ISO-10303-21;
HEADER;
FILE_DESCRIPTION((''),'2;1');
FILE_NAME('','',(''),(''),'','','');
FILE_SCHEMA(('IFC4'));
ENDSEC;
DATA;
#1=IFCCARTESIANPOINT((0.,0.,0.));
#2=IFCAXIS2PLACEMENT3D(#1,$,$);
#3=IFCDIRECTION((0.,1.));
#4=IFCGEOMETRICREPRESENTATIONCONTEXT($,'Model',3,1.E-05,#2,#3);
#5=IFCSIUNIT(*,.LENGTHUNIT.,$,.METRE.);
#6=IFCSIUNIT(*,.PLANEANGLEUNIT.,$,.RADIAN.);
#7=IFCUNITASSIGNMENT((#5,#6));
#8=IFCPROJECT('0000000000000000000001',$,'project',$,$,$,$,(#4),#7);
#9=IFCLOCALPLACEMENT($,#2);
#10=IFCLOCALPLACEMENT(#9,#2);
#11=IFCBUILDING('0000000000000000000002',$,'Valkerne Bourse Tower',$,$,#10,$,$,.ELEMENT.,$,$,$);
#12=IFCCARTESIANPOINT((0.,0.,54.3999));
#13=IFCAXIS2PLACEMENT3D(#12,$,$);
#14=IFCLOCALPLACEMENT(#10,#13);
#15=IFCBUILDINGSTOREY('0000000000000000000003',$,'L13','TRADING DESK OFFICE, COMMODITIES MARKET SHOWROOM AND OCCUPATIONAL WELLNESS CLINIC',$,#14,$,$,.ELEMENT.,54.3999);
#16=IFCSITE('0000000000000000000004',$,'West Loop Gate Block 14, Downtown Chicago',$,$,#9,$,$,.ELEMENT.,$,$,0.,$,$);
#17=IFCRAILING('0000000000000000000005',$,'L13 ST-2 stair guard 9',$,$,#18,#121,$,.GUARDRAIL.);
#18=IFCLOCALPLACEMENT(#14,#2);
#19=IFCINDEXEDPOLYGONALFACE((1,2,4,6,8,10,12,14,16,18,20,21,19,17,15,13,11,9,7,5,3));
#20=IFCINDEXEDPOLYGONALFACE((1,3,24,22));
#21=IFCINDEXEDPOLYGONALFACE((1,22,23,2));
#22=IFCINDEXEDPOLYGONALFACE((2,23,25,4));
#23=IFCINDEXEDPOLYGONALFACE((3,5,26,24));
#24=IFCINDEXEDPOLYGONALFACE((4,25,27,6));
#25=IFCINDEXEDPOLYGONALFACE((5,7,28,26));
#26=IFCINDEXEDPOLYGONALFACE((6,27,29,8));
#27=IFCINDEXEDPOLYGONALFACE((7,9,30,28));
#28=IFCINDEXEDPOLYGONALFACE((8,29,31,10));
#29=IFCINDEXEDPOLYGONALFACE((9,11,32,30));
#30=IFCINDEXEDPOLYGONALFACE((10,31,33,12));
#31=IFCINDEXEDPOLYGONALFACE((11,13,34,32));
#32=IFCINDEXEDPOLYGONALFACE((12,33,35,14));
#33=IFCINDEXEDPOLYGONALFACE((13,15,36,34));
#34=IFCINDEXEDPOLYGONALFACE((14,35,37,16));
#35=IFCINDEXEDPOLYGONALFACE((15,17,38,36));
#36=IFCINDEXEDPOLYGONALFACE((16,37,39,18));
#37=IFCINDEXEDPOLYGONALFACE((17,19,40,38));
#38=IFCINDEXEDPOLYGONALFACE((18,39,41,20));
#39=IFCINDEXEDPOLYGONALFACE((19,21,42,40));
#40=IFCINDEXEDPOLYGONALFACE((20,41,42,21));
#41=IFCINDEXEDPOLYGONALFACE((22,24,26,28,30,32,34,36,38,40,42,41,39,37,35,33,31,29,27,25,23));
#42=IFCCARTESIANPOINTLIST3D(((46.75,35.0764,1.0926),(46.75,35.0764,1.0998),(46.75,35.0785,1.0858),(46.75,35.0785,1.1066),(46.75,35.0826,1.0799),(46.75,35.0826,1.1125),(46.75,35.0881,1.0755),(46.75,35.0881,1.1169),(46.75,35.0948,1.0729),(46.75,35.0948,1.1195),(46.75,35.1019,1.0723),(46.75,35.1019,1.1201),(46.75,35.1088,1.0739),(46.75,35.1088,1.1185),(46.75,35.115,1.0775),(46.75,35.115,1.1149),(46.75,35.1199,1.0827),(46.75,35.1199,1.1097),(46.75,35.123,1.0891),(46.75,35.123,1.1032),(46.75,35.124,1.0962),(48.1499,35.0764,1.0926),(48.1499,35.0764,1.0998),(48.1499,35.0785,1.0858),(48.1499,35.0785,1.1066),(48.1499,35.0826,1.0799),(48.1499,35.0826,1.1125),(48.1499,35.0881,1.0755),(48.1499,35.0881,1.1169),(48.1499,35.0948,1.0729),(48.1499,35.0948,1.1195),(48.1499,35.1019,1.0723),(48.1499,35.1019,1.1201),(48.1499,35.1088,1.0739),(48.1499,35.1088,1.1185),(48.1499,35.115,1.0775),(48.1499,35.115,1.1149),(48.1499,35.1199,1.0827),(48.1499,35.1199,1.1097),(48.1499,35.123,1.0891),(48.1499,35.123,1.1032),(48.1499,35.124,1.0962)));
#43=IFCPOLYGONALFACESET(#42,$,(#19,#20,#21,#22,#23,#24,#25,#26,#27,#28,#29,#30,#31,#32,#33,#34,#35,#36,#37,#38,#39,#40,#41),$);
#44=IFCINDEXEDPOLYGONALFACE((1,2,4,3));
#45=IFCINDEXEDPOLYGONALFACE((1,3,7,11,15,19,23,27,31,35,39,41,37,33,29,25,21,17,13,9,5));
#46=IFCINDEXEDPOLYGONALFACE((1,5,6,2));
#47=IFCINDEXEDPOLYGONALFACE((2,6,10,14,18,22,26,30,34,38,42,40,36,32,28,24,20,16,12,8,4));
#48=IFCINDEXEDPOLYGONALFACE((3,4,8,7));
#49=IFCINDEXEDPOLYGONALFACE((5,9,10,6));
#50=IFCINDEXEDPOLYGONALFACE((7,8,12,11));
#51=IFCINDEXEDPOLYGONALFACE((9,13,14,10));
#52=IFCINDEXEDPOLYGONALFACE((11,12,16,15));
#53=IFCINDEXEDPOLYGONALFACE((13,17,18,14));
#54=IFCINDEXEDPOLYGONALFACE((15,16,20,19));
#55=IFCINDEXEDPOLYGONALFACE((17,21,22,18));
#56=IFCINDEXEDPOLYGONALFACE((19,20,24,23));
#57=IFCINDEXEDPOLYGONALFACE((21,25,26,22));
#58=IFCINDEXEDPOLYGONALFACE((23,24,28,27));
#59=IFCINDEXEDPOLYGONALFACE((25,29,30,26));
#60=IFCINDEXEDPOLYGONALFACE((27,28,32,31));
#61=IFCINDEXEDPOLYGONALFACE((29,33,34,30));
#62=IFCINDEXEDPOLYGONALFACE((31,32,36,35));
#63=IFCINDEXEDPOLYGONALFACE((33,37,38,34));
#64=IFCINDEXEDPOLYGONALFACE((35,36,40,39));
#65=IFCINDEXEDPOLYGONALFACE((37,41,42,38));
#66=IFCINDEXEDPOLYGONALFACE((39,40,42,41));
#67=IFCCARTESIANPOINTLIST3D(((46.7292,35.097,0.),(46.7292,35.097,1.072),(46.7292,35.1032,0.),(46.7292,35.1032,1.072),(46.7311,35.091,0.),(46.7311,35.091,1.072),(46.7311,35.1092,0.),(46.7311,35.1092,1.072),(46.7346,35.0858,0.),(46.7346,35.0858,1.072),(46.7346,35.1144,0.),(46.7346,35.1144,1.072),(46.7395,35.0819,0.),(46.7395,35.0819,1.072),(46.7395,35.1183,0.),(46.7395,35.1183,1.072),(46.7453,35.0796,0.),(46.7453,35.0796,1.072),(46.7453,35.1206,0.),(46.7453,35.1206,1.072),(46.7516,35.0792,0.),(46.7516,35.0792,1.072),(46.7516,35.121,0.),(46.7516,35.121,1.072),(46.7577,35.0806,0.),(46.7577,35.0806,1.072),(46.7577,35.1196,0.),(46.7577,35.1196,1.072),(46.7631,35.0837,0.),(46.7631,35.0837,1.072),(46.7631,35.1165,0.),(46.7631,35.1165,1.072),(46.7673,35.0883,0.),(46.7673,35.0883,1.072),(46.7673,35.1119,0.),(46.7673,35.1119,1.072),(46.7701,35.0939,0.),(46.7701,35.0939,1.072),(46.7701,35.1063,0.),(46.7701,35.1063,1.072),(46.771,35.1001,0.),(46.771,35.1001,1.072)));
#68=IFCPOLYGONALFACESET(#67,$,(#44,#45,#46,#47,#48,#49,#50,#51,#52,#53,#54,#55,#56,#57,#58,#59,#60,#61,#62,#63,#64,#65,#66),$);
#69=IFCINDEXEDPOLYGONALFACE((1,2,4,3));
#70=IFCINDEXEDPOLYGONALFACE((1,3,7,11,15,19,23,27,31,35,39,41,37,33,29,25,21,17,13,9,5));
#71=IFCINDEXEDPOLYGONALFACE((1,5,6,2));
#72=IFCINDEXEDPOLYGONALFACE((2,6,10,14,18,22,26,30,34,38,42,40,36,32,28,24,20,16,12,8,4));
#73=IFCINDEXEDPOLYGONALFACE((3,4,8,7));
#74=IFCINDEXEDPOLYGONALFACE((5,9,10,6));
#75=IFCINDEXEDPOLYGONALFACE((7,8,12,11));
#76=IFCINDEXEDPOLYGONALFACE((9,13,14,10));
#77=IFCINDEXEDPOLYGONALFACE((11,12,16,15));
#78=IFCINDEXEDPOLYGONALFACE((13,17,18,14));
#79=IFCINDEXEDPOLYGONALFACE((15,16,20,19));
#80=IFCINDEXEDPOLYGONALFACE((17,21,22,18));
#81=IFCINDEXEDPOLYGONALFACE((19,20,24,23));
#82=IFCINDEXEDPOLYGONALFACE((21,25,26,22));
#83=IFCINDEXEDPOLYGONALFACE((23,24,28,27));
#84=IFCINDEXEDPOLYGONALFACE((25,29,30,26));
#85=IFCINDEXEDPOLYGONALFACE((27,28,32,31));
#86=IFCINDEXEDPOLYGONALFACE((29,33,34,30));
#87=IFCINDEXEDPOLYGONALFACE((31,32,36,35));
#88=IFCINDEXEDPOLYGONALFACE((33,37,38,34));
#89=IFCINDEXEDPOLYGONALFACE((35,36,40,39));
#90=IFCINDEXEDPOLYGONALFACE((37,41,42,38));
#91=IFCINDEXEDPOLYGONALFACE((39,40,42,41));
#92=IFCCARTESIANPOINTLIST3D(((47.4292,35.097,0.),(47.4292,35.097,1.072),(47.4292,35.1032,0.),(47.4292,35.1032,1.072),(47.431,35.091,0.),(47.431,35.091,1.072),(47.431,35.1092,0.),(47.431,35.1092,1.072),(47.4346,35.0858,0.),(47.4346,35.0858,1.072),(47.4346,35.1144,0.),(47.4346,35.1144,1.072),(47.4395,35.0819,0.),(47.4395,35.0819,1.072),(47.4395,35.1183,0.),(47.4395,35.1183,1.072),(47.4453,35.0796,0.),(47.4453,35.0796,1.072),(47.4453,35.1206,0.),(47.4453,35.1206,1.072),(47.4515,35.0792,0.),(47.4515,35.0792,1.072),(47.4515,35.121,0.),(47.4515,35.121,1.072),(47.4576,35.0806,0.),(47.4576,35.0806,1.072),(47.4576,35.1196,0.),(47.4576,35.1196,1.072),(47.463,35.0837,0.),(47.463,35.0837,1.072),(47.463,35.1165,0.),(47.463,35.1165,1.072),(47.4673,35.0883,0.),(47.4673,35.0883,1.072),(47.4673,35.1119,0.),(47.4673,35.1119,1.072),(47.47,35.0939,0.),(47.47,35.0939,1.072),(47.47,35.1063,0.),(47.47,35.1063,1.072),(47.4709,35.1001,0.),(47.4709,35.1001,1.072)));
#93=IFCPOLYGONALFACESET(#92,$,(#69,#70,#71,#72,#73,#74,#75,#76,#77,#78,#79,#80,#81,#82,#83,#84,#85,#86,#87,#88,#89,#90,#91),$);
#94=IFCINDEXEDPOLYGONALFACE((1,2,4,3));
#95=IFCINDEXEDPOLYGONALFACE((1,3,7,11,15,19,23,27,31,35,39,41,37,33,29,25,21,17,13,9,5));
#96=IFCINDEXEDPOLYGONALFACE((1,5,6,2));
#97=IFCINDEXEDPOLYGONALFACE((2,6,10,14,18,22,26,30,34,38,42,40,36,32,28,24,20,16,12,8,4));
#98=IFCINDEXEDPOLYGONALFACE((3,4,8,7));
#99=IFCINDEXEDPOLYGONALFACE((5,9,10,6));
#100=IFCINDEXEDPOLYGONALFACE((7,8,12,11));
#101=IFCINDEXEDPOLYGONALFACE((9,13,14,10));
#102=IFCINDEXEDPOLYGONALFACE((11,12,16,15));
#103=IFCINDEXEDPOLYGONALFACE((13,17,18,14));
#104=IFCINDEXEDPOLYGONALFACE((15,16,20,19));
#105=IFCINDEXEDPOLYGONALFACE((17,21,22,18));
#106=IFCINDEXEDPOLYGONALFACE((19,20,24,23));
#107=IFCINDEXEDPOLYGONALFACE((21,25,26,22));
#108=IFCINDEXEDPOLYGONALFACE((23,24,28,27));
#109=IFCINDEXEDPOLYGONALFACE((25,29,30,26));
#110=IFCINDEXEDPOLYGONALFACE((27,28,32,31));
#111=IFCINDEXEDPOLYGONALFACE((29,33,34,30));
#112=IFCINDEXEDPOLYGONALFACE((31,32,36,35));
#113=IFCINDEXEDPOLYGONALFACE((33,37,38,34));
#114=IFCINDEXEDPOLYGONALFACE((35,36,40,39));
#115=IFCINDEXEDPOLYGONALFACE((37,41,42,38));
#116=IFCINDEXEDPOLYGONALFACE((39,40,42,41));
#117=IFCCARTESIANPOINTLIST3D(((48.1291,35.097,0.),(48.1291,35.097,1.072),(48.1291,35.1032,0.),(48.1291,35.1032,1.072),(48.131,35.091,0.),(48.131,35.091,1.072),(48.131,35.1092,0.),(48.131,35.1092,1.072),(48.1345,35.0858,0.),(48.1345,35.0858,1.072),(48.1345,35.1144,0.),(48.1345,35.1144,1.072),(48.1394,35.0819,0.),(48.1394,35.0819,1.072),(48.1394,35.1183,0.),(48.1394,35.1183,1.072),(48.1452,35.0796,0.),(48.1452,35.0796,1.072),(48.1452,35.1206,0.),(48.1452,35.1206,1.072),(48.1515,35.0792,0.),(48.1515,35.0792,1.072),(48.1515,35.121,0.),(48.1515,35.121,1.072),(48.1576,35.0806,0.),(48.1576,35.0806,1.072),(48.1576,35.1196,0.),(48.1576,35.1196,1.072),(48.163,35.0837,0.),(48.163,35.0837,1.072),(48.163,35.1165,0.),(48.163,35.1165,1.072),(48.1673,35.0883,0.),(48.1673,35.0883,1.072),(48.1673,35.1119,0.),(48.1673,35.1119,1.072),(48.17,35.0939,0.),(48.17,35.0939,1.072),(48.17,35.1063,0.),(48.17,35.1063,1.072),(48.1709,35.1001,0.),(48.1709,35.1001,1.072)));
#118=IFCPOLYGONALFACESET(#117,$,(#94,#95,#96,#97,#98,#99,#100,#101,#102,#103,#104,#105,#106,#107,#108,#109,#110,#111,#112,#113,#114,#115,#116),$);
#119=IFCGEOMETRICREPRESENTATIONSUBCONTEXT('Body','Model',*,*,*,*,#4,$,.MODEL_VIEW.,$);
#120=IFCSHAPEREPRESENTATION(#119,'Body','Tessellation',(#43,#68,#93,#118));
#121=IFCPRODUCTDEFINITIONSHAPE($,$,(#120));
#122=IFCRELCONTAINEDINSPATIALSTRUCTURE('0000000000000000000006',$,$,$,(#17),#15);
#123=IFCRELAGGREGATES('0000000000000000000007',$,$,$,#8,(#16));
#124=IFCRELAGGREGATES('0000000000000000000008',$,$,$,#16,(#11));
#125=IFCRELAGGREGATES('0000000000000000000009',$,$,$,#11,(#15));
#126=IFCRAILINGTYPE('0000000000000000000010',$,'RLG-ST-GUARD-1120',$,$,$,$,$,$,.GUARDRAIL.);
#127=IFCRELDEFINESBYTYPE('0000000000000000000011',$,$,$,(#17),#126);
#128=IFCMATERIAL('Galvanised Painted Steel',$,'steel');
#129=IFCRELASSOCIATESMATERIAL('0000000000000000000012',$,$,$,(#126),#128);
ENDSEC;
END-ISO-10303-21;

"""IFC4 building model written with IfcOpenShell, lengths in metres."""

from ifc_helpers import new_model, si_unit, direction, frame, origin, origin_2d, place, context, subcontext, project, spatial, circle, extrude, material, type_object, element, save


model = new_model("IFC4")

# Units and contexts
model_context = context("Model", 3, precision=1e-05, world=origin(), true_north=direction((0.0, 1.0)))
body_context = subcontext(model_context, "Body", "Model", "MODEL_VIEW")
ifc_project = project(units=[si_unit("LENGTHUNIT", "METRE"), si_unit("PLANEANGLEUNIT", "RADIAN")], contexts=[model_context])

# Site, building, storey
site_placement = place(None, origin())
site = spatial("IfcSite", under=ifc_project, at=site_placement, Name="West Loop Gate Block 14, Downtown Chicago", CompositionType="ELEMENT", RefElevation=0.0)
building_placement = place(site_placement, origin())
building = spatial("IfcBuilding", under=site, at=building_placement, Name="Valkerne Bourse Tower", CompositionType="ELEMENT")
storey_placement = place(building_placement, frame((0.0, 0.0, 54.3999)))
storey = spatial("IfcBuildingStorey", under=building, at=storey_placement, Name="L13", Description="TRADING DESK OFFICE, COMMODITIES MARKET SHOWROOM AND OCCUPATIONAL WELLNESS CLINIC", CompositionType="ELEMENT", Elevation=54.3999)

# Shared definitions
ifc_material_1 = material(Name="Galvanised Painted Steel", Category="steel")

# Railing
railing_type_1 = type_object("IfcRailingType", Name="RLG-ST-GUARD-1120", PredefinedType="GUARDRAIL", material=ifc_material_1)
for number, where, name in (
    (1, (46.75, 35.1001, 0.0), "L13 ST-2 stair guard 9"),
):
    element("IfcRailing", number, at=place(storey_placement, frame(where)), inside=storey, type_object=railing_type_1, Name=name, PredefinedType="GUARDRAIL", context=body_context, shape_type="SweptSolid", body=[
        extrude(circle(Radius=0.0239, at=origin_2d()), frame((0.0, 0.0, 1.0962), z_axis=(1.0, 0.0, 0.0), x_axis=(0.0, 1.0, 0.0)), (0.0, 0.0, 1.0), 1.3999),
        extrude(circle(Radius=0.021, at=origin_2d()), origin(), (0.0, 0.0, 1.0), 1.072),
        extrude(circle(Radius=0.021, at=origin_2d()), frame((0.7, 0.0, 0.0)), (0.0, 0.0, 1.0), 1.072),
        extrude(circle(Radius=0.021, at=origin_2d()), frame((1.3999, 0.0, 0.0)), (0.0, 0.0, 1.0), 1.072),
    ])

save(model, "model.ifc")
